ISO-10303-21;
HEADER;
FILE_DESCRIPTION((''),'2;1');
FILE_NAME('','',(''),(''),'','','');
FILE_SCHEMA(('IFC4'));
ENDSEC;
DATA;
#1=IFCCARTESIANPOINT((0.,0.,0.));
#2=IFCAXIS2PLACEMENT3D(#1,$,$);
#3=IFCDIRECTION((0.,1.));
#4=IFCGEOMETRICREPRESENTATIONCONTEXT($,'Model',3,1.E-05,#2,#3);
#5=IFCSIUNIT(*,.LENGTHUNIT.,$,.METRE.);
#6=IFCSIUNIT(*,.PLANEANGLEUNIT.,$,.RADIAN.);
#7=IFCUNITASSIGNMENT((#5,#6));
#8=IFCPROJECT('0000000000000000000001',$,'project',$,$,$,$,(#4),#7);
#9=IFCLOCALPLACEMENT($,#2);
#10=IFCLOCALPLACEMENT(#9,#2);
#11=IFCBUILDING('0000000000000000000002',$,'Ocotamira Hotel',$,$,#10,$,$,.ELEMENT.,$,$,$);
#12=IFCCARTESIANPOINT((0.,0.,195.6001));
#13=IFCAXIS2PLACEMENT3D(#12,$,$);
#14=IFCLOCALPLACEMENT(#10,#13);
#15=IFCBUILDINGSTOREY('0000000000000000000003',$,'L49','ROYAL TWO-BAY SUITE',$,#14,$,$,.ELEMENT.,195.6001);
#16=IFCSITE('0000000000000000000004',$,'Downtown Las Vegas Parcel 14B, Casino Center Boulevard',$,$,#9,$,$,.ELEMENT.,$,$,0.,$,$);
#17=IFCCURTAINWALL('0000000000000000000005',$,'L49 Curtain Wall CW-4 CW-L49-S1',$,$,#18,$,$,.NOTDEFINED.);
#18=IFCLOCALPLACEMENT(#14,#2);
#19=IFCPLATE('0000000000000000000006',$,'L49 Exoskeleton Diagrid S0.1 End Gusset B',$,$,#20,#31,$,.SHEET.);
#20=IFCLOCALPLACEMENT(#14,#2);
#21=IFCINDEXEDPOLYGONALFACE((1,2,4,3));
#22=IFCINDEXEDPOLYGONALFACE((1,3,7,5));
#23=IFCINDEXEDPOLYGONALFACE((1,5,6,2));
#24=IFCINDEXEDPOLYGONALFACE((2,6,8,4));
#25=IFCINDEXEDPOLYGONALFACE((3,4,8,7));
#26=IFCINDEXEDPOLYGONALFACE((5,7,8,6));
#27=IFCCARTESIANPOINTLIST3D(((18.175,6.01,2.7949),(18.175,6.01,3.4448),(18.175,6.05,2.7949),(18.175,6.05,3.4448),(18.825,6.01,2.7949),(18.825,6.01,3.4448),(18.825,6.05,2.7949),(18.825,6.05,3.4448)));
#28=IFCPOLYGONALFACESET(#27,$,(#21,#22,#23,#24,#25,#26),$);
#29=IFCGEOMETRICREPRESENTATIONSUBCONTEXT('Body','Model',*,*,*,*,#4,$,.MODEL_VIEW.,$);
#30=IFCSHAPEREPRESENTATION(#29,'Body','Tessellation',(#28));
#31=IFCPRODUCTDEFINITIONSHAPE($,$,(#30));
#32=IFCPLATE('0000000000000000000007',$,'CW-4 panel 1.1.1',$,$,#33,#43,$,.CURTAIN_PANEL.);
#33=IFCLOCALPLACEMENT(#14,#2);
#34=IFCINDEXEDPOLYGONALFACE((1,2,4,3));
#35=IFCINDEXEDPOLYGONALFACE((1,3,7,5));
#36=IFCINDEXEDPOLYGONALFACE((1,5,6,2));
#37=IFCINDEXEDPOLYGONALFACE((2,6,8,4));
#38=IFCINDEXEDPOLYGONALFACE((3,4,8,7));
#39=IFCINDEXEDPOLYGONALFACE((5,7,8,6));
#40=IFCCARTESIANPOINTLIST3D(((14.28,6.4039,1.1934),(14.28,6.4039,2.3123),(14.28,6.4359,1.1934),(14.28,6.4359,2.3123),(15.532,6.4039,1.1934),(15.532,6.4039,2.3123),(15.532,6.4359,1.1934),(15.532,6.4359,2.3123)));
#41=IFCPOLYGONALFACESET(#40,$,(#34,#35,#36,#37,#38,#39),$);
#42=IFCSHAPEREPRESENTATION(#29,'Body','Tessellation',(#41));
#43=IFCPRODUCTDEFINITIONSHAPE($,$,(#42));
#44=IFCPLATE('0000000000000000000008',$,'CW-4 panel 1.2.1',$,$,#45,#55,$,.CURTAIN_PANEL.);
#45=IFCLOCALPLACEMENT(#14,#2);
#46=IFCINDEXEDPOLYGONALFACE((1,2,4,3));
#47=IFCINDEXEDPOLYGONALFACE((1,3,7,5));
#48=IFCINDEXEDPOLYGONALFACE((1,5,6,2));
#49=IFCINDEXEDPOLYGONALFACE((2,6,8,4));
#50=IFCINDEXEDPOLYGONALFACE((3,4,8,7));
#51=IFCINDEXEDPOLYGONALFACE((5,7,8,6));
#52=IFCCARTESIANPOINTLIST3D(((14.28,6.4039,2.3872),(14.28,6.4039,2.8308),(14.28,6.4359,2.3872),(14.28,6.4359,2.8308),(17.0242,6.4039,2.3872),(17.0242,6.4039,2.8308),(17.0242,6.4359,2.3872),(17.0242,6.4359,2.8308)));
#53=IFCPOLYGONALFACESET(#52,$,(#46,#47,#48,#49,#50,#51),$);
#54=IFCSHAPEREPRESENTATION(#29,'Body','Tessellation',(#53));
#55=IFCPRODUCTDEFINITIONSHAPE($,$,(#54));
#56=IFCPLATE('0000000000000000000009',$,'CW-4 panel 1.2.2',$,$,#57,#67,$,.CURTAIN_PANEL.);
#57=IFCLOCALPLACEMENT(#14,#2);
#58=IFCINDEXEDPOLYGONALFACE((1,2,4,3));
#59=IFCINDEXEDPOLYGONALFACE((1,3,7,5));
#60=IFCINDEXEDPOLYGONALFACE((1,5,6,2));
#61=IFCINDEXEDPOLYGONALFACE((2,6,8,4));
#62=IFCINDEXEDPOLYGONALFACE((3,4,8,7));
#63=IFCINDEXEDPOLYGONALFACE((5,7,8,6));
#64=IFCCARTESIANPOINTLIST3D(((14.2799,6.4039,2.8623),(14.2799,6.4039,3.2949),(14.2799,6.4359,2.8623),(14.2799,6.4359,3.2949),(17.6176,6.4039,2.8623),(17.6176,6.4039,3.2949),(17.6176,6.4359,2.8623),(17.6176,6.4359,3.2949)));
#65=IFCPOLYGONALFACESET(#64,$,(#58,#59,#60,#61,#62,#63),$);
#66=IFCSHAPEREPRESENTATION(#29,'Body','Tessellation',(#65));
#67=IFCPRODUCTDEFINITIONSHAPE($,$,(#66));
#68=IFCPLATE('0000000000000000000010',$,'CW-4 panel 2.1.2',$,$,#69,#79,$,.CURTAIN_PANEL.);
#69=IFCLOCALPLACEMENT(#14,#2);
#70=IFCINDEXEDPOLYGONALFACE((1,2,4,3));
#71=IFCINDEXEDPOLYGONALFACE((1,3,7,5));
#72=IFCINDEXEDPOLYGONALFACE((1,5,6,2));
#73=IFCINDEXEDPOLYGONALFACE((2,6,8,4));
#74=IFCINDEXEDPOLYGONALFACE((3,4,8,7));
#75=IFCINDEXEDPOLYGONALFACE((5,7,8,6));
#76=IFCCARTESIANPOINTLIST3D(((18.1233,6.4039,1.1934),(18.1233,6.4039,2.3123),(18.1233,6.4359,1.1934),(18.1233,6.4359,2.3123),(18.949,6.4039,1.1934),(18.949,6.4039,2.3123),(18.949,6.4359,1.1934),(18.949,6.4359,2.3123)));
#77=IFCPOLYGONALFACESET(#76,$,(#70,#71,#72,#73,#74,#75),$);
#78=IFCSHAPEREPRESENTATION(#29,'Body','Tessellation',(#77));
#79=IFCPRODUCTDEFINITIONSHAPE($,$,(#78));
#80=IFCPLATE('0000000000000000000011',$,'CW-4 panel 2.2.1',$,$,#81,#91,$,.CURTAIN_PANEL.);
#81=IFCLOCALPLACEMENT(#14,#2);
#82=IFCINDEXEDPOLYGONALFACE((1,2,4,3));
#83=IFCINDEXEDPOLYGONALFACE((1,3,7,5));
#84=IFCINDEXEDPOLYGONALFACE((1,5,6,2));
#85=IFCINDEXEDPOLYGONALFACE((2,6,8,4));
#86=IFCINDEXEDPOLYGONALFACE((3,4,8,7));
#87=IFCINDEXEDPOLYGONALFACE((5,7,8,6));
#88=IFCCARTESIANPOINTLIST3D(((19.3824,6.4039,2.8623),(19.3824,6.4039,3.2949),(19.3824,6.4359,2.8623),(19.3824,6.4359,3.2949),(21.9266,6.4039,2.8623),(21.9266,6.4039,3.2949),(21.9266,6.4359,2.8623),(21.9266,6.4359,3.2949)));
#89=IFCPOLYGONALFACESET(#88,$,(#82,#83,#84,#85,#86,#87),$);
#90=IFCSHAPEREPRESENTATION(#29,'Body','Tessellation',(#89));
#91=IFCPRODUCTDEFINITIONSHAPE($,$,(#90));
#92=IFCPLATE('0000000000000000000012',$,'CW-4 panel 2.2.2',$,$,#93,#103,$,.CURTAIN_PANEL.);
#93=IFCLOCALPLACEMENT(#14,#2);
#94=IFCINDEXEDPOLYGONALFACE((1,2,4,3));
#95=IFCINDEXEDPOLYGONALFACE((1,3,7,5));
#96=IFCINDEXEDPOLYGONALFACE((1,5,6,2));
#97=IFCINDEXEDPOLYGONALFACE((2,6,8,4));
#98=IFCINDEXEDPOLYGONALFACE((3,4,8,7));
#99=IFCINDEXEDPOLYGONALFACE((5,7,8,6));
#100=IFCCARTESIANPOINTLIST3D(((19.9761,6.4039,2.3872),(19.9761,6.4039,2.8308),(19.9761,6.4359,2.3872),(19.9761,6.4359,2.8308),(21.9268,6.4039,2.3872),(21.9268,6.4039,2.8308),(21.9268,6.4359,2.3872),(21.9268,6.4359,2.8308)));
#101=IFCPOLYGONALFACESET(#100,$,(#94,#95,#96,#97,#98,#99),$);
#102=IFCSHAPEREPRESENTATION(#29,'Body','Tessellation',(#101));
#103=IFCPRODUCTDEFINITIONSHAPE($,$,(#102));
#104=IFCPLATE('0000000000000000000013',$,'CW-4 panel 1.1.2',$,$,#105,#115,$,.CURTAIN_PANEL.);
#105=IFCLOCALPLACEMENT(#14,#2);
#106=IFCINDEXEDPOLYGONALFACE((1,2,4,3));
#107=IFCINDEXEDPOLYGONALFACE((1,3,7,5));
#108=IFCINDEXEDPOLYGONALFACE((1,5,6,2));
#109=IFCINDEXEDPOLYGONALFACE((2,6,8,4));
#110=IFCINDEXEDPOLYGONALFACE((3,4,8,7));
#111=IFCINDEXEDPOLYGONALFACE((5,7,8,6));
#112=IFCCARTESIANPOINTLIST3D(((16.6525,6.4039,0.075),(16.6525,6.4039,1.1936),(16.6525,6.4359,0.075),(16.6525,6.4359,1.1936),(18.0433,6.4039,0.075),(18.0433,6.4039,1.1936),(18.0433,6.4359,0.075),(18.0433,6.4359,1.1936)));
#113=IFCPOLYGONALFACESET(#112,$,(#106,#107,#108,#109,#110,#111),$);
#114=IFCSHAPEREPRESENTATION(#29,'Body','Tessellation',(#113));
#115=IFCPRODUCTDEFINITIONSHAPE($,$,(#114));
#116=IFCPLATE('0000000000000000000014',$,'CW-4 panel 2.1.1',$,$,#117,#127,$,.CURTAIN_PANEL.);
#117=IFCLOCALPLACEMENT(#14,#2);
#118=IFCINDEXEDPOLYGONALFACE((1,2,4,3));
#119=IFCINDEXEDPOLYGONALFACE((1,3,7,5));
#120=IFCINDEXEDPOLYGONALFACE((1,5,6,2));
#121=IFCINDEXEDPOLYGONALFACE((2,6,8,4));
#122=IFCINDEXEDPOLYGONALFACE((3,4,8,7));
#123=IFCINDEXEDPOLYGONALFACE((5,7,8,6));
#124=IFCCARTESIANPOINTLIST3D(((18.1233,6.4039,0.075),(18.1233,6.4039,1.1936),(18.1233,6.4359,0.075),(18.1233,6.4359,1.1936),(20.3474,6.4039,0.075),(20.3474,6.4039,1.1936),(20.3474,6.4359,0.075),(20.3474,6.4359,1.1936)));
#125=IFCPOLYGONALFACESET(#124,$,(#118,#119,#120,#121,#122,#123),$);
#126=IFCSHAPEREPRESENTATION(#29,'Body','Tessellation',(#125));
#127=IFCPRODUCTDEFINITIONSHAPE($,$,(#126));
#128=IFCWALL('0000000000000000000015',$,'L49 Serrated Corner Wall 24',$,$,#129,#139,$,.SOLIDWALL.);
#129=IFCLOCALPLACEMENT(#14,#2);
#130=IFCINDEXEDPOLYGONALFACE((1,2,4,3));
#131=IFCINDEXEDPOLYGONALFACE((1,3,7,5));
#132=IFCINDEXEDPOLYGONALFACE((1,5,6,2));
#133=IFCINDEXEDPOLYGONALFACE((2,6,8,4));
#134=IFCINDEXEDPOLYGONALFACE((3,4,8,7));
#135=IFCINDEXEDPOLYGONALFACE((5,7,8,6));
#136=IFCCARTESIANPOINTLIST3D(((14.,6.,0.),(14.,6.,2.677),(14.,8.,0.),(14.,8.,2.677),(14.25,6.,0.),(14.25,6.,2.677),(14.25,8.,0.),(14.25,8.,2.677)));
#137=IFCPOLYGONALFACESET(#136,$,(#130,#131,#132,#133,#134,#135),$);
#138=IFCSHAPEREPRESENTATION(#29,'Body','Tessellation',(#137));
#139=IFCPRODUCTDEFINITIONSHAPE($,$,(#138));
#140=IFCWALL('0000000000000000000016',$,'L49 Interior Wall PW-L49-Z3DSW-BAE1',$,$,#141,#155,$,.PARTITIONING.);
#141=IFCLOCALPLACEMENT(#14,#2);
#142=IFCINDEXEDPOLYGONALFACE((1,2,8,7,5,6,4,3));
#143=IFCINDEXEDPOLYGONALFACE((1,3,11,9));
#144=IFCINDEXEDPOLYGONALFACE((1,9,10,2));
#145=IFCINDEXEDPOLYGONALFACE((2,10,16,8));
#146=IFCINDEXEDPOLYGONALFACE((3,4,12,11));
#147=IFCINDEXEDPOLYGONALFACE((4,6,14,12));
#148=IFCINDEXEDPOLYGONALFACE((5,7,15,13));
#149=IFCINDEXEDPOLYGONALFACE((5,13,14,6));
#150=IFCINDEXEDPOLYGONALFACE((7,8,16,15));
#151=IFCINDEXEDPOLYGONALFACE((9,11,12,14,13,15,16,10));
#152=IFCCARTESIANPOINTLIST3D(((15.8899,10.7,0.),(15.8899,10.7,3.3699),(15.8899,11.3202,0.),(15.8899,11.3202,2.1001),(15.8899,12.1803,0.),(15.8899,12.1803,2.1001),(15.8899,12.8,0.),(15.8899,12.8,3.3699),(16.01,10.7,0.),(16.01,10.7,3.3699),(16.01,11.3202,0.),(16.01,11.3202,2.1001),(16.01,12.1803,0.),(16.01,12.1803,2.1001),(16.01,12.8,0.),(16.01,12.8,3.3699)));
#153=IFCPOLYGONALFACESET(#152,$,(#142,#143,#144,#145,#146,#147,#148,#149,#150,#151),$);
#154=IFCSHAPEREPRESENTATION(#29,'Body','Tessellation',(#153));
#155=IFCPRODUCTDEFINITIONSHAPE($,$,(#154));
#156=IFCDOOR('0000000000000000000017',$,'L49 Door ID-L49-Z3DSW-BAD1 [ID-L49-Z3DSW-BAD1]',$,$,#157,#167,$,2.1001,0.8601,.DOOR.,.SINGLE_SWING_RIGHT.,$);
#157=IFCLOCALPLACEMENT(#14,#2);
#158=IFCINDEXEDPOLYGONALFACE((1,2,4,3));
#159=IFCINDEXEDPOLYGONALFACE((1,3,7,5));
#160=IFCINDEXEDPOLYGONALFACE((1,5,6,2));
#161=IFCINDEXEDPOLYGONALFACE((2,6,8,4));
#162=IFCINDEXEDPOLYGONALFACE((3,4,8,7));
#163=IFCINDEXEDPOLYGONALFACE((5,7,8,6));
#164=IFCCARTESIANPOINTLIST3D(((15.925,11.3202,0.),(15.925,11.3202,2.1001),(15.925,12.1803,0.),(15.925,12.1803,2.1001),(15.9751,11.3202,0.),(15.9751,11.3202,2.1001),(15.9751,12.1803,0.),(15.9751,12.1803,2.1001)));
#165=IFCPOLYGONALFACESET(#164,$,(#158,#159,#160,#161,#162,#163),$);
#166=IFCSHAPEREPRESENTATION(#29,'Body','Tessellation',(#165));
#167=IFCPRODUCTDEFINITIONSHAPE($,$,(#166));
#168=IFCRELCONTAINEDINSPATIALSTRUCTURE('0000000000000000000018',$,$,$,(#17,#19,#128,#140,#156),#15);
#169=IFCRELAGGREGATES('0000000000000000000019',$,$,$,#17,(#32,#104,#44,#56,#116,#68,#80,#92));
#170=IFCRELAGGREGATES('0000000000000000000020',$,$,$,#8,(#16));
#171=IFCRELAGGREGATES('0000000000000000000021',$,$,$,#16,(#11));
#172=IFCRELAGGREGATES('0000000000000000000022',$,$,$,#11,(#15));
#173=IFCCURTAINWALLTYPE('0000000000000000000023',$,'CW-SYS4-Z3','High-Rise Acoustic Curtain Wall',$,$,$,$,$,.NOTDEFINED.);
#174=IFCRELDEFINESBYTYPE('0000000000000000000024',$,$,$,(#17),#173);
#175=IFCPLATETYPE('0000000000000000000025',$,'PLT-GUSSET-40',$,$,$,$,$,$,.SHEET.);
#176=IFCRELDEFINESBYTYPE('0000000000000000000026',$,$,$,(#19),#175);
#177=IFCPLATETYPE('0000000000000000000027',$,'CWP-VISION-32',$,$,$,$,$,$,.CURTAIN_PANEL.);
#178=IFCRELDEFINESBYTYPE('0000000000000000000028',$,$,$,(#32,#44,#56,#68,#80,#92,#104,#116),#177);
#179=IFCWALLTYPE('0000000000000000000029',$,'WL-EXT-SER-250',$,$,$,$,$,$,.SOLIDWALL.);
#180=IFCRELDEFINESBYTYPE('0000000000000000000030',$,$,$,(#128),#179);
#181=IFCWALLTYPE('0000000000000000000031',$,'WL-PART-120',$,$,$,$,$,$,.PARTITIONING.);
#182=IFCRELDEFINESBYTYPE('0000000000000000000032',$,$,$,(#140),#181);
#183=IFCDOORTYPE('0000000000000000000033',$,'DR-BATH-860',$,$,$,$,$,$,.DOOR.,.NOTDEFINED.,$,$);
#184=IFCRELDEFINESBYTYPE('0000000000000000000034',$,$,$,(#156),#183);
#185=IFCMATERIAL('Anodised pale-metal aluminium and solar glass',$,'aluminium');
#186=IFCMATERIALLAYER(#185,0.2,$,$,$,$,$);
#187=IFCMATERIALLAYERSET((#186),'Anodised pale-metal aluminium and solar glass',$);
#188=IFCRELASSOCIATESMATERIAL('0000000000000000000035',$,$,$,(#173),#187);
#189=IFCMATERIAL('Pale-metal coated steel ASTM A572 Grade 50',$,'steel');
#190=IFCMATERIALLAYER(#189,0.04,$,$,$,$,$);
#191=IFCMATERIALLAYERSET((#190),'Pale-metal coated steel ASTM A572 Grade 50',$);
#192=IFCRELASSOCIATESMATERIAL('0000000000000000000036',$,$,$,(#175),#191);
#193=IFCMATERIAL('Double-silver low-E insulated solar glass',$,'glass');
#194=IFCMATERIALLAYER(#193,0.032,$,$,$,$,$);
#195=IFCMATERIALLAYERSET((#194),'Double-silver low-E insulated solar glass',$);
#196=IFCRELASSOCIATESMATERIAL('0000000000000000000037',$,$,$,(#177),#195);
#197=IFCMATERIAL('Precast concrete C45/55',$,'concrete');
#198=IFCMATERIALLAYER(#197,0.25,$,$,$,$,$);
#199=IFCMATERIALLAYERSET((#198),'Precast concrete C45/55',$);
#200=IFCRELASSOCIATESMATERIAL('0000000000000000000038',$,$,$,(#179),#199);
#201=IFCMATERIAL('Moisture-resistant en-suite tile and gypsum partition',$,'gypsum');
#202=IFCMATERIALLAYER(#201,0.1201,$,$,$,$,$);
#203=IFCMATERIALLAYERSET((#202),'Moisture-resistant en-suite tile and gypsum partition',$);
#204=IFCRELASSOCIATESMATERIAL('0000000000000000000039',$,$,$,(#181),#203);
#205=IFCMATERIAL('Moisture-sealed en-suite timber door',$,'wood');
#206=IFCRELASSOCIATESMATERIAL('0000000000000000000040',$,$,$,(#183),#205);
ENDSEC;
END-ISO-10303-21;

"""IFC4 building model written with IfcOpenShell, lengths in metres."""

from ifc_helpers import new_model, si_unit, direction, frame, frame_2d, origin, origin_2d, place, context, subcontext, project, spatial, rectangle, extrude, source, transform, mapped, material, layer, layer_set, type_object, element, fill, aggregate, save


model = new_model("IFC4")

# Units and contexts
model_context = context("Model", 3, precision=1e-05, world=origin(), true_north=direction((0.0, 1.0)))
body_context = subcontext(model_context, "Body", "Model", "MODEL_VIEW")
ifc_project = project(units=[si_unit("LENGTHUNIT", "METRE"), si_unit("PLANEANGLEUNIT", "RADIAN")], contexts=[model_context])

# Site, building, storey
site_placement = place(None, origin())
site = spatial("IfcSite", under=ifc_project, at=site_placement, Name="Downtown Las Vegas Parcel 14B, Casino Center Boulevard", CompositionType="ELEMENT", RefElevation=0.0)
building_placement = place(site_placement, origin())
building = spatial("IfcBuilding", under=site, at=building_placement, Name="Ocotamira Hotel", CompositionType="ELEMENT")
storey_placement = place(building_placement, frame((0.0, 0.0, 195.6001)))
storey = spatial("IfcBuildingStorey", under=building, at=storey_placement, Name="L49", Description="ROYAL TWO-BAY SUITE", CompositionType="ELEMENT", Elevation=195.6001)

# Curtain wall
ifc_material_1 = material(Name="Anodised pale-metal aluminium and solar glass", Category="aluminium")
ifc_layer_1 = layer(ifc_material_1, 0.2)
ifc_layer_set_1 = layer_set([ifc_layer_1], Name="Anodised pale-metal aluminium and solar glass")
curtain_wall_type = type_object("IfcCurtainWallType", Name="CW-SYS4-Z3", Description="High-Rise Acoustic Curtain Wall", PredefinedType="NOTDEFINED", material=ifc_layer_set_1)
curtain_wall_placement = place(storey_placement, origin())
curtain_wall = element("IfcCurtainWall", 1, at=curtain_wall_placement, inside=storey, type_object=curtain_wall_type, Name="L49 Curtain Wall CW-4 CW-L49-S1", PredefinedType="NOTDEFINED")

# Plates
ifc_material_2 = material(Name="Pale-metal coated steel ASTM A572 Grade 50", Category="steel")
ifc_layer_2 = layer(ifc_material_2, 0.04)
ifc_layer_set_2 = layer_set([ifc_layer_2], Name="Pale-metal coated steel ASTM A572 Grade 50")
plate_type_1 = type_object("IfcPlateType", Name="PLT-GUSSET-40", PredefinedType="SHEET", material=ifc_layer_set_2)
shared_shape_1 = source(origin(), body_context, "Body", "SweptSolid", [
    extrude(rectangle(XDim=0.6499, YDim=0.04, at=origin_2d()), origin(), (0.0, 0.0, 1.0), 0.6499),
])
plate_1_placement = place(storey_placement, frame((18.5, 6.03, 2.7949), z_axis=(0.0, 0.0, 1.0), x_axis=(1.0, 0.0, 0.0)))
element("IfcPlate", 2, at=plate_1_placement, inside=storey, type_object=plate_type_1, Name="L49 Exoskeleton Diagrid S0.1 End Gusset B", PredefinedType="SHEET", context=body_context, shape_type="MappedRepresentation", body=[
    mapped(shared_shape_1, transform((0.0, 0.0, 0.0), scale=1.0)),
])
ifc_material_3 = material(Name="Double-silver low-E insulated solar glass", Category="glass")
ifc_layer_3 = layer(ifc_material_3, 0.032)
ifc_layer_set_3 = layer_set([ifc_layer_3], Name="Double-silver low-E insulated solar glass")
plate_type_2 = type_object("IfcPlateType", Name="CWP-VISION-32", PredefinedType="CURTAIN_PANEL", material=ifc_layer_set_3)
shared_shape_2 = source(origin(), body_context, "Body", "SweptSolid", [
    extrude(rectangle(XDim=1.252, YDim=0.032, at=origin_2d()), origin(), (0.0, 0.0, 1.0), 1.1189),
])
plate_2_placement = place(storey_placement, frame((14.906, 6.4199, 1.1934), z_axis=(0.0, 0.0, 1.0), x_axis=(1.0, 0.0, 0.0)))
plate_2 = element("IfcPlate", 3, at=plate_2_placement, type_object=plate_type_2, Name="CW-4 panel 1.1.1", PredefinedType="CURTAIN_PANEL", context=body_context, shape_type="MappedRepresentation", body=[
    mapped(shared_shape_2, transform((0.0, 0.0, 0.0), scale=1.0)),
])
shared_shape_3 = source(origin(), body_context, "Body", "SweptSolid", [
    extrude(rectangle(XDim=2.7441, YDim=0.032, at=origin_2d()), origin(), (0.0, 0.0, 1.0), 0.4436),
])
plate_3_placement = place(storey_placement, frame((15.6521, 6.4199, 2.3872), z_axis=(0.0, 0.0, 1.0), x_axis=(1.0, 0.0, 0.0)))
plate_3 = element("IfcPlate", 4, at=plate_3_placement, type_object=plate_type_2, Name="CW-4 panel 1.2.1", PredefinedType="CURTAIN_PANEL", context=body_context, shape_type="MappedRepresentation", body=[
    mapped(shared_shape_3, transform((0.0, 0.0, 0.0), scale=1.0)),
])
shared_shape_4 = source(origin(), body_context, "Body", "SweptSolid", [
    extrude(rectangle(XDim=3.3376, YDim=0.032, at=origin_2d()), origin(), (0.0, 0.0, 1.0), 0.4326),
])
plate_4_placement = place(storey_placement, frame((15.9487, 6.4199, 2.8623), z_axis=(0.0, 0.0, 1.0), x_axis=(1.0, 0.0, 0.0)))
plate_4 = element("IfcPlate", 5, at=plate_4_placement, type_object=plate_type_2, Name="CW-4 panel 1.2.2", PredefinedType="CURTAIN_PANEL", context=body_context, shape_type="MappedRepresentation", body=[
    mapped(shared_shape_4, transform((0.0, 0.0, 0.0), scale=1.0)),
])
shared_shape_5 = source(origin(), body_context, "Body", "SweptSolid", [
    extrude(rectangle(XDim=0.8257, YDim=0.032, at=origin_2d()), origin(), (0.0, 0.0, 1.0), 1.1189),
])
plate_5_placement = place(storey_placement, frame((18.5361, 6.4199, 1.1934), z_axis=(0.0, 0.0, 1.0), x_axis=(1.0, 0.0, 0.0)))
plate_5 = element("IfcPlate", 6, at=plate_5_placement, type_object=plate_type_2, Name="CW-4 panel 2.1.2", PredefinedType="CURTAIN_PANEL", context=body_context, shape_type="MappedRepresentation", body=[
    mapped(shared_shape_5, transform((0.0, 0.0, 0.0), scale=1.0)),
])
shared_shape_6 = source(origin(), body_context, "Body", "SweptSolid", [
    extrude(rectangle(XDim=2.5442, YDim=0.032, at=origin_2d()), origin(), (0.0, 0.0, 1.0), 0.4326),
])
plate_6_placement = place(storey_placement, frame((20.6545, 6.4199, 2.8623), z_axis=(0.0, 0.0, 1.0), x_axis=(1.0, 0.0, 0.0)))
plate_6 = element("IfcPlate", 7, at=plate_6_placement, type_object=plate_type_2, Name="CW-4 panel 2.2.1", PredefinedType="CURTAIN_PANEL", context=body_context, shape_type="MappedRepresentation", body=[
    mapped(shared_shape_6, transform((0.0, 0.0, 0.0), scale=1.0)),
])
shared_shape_7 = source(origin(), body_context, "Body", "SweptSolid", [
    extrude(rectangle(XDim=1.9507, YDim=0.032, at=origin_2d()), origin(), (0.0, 0.0, 1.0), 0.4436),
])
plate_7_placement = place(storey_placement, frame((20.9514, 6.4199, 2.3872), z_axis=(0.0, 0.0, 1.0), x_axis=(1.0, 0.0, 0.0)))
plate_7 = element("IfcPlate", 8, at=plate_7_placement, type_object=plate_type_2, Name="CW-4 panel 2.2.2", PredefinedType="CURTAIN_PANEL", context=body_context, shape_type="MappedRepresentation", body=[
    mapped(shared_shape_7, transform((0.0, 0.0, 0.0), scale=1.0)),
])
shared_shape_8 = source(origin(), body_context, "Body", "SweptSolid", [
    extrude(rectangle(XDim=1.3909, YDim=0.032, at=origin_2d()), origin(), (0.0, 0.0, 1.0), 1.1187),
])
plate_8_placement = place(storey_placement, frame((17.3479, 6.4199, 0.075), z_axis=(0.0, 0.0, 1.0), x_axis=(1.0, 0.0, 0.0)))
plate_8 = element("IfcPlate", 9, at=plate_8_placement, type_object=plate_type_2, Name="CW-4 panel 1.1.2", PredefinedType="CURTAIN_PANEL", context=body_context, shape_type="MappedRepresentation", body=[
    mapped(shared_shape_8, transform((0.0, 0.0, 0.0), scale=1.0)),
])
shared_shape_9 = source(origin(), body_context, "Body", "SweptSolid", [
    extrude(rectangle(XDim=2.2241, YDim=0.032, at=origin_2d()), origin(), (0.0, 0.0, 1.0), 1.1187),
])
plate_9_placement = place(storey_placement, frame((19.2354, 6.4199, 0.075), z_axis=(0.0, 0.0, 1.0), x_axis=(1.0, 0.0, 0.0)))
plate_9 = element("IfcPlate", 10, at=plate_9_placement, type_object=plate_type_2, Name="CW-4 panel 2.1.1", PredefinedType="CURTAIN_PANEL", context=body_context, shape_type="MappedRepresentation", body=[
    mapped(shared_shape_9, transform((0.0, 0.0, 0.0), scale=1.0)),
])
aggregate(curtain_wall, [plate_2, plate_8, plate_3, plate_4, plate_9, plate_5, plate_6, plate_7])

# Wall
ifc_material_4 = material(Name="Precast concrete C45/55", Category="concrete")
ifc_layer_4 = layer(ifc_material_4, 0.25)
ifc_layer_set_4 = layer_set([ifc_layer_4], Name="Precast concrete C45/55")
wall_type_1 = type_object("IfcWallType", Name="WL-EXT-SER-250", PredefinedType="SOLIDWALL", material=ifc_layer_set_4)
wall_1_placement = place(storey_placement, frame((14.125, 8.0, 0.0), z_axis=(0.0, 0.0, 1.0), x_axis=(0.0, -1.0, 0.0)))
element("IfcWall", 11, at=wall_1_placement, inside=storey, type_object=wall_type_1, Name="L49 Serrated Corner Wall 24", PredefinedType="SOLIDWALL", context=body_context, shape_type="SweptSolid", body=[
    extrude(rectangle(XDim=2.0, YDim=0.25, at=frame_2d((1.0, 0.0))), origin(), (0.0, 0.0, 1.0), 2.677),
])

# Wall, opening, door
ifc_material_5 = material(Name="Moisture-resistant en-suite tile and gypsum partition", Category="gypsum")
ifc_layer_5 = layer(ifc_material_5, 0.1201)
ifc_layer_set_5 = layer_set([ifc_layer_5], Name="Moisture-resistant en-suite tile and gypsum partition")
wall_type_2 = type_object("IfcWallType", Name="WL-PART-120", PredefinedType="PARTITIONING", material=ifc_layer_set_5)
wall_2_placement = place(storey_placement, frame((15.95, 10.7, 0.0), z_axis=(0.0, 0.0, 1.0), x_axis=(0.0, 1.0, 0.0)))
wall_2 = element("IfcWall", 12, at=wall_2_placement, inside=storey, type_object=wall_type_2, Name="L49 Interior Wall PW-L49-Z3DSW-BAE1", PredefinedType="PARTITIONING", context=body_context, shape_type="SweptSolid", body=[
    extrude(rectangle(XDim=2.1001, YDim=0.1201, at=frame_2d((1.05, 0.0))), origin(), (0.0, 0.0, 1.0), 3.3699),
])
opening_placement = place(wall_2_placement, frame((0.6201, 0.0, 0.0)))
opening = element("IfcOpeningElement", 13, at=opening_placement, cuts=wall_2, PredefinedType="OPENING", context=body_context, shape_type="SweptSolid", body=[
    extrude(rectangle(XDim=0.8601, YDim=2.1001, at=frame_2d((0.4302, 1.05))), frame((0.0, 0.0701, 0.0), z_axis=(0.0, -1.0, 0.0), x_axis=(1.0, 0.0, 0.0)), (0.0, 0.0, 1.0), 0.1401),
])
ifc_material_6 = material(Name="Moisture-sealed en-suite timber door", Category="wood")
door_type = type_object("IfcDoorType", Name="DR-BATH-860", OperationType="NOTDEFINED", PredefinedType="DOOR", material=ifc_material_6)
shared_shape_10 = source(origin(), body_context, "Body", "SweptSolid", [
    extrude(rectangle(XDim=0.8601, YDim=2.1001, at=frame_2d((0.4302, 1.05))), frame((0.0, 0.0249, 0.0), z_axis=(0.0, -1.0, 0.0), x_axis=(1.0, 0.0, 0.0)), (0.0, 0.0, 1.0), 0.05),
])
door_placement = place(opening_placement, origin())
door = element("IfcDoor", 14, at=door_placement, inside=storey, type_object=door_type, Name="L49 Door ID-L49-Z3DSW-BAD1 [ID-L49-Z3DSW-BAD1]", OperationType="SINGLE_SWING_RIGHT", OverallHeight=2.1001, OverallWidth=0.8601, PredefinedType="DOOR", context=body_context, shape_type="MappedRepresentation", body=[
    mapped(shared_shape_10, transform((0.0, 0.0, 0.0), scale=1.0)),
])
fill(opening, door)

save(model, "model.ifc")
